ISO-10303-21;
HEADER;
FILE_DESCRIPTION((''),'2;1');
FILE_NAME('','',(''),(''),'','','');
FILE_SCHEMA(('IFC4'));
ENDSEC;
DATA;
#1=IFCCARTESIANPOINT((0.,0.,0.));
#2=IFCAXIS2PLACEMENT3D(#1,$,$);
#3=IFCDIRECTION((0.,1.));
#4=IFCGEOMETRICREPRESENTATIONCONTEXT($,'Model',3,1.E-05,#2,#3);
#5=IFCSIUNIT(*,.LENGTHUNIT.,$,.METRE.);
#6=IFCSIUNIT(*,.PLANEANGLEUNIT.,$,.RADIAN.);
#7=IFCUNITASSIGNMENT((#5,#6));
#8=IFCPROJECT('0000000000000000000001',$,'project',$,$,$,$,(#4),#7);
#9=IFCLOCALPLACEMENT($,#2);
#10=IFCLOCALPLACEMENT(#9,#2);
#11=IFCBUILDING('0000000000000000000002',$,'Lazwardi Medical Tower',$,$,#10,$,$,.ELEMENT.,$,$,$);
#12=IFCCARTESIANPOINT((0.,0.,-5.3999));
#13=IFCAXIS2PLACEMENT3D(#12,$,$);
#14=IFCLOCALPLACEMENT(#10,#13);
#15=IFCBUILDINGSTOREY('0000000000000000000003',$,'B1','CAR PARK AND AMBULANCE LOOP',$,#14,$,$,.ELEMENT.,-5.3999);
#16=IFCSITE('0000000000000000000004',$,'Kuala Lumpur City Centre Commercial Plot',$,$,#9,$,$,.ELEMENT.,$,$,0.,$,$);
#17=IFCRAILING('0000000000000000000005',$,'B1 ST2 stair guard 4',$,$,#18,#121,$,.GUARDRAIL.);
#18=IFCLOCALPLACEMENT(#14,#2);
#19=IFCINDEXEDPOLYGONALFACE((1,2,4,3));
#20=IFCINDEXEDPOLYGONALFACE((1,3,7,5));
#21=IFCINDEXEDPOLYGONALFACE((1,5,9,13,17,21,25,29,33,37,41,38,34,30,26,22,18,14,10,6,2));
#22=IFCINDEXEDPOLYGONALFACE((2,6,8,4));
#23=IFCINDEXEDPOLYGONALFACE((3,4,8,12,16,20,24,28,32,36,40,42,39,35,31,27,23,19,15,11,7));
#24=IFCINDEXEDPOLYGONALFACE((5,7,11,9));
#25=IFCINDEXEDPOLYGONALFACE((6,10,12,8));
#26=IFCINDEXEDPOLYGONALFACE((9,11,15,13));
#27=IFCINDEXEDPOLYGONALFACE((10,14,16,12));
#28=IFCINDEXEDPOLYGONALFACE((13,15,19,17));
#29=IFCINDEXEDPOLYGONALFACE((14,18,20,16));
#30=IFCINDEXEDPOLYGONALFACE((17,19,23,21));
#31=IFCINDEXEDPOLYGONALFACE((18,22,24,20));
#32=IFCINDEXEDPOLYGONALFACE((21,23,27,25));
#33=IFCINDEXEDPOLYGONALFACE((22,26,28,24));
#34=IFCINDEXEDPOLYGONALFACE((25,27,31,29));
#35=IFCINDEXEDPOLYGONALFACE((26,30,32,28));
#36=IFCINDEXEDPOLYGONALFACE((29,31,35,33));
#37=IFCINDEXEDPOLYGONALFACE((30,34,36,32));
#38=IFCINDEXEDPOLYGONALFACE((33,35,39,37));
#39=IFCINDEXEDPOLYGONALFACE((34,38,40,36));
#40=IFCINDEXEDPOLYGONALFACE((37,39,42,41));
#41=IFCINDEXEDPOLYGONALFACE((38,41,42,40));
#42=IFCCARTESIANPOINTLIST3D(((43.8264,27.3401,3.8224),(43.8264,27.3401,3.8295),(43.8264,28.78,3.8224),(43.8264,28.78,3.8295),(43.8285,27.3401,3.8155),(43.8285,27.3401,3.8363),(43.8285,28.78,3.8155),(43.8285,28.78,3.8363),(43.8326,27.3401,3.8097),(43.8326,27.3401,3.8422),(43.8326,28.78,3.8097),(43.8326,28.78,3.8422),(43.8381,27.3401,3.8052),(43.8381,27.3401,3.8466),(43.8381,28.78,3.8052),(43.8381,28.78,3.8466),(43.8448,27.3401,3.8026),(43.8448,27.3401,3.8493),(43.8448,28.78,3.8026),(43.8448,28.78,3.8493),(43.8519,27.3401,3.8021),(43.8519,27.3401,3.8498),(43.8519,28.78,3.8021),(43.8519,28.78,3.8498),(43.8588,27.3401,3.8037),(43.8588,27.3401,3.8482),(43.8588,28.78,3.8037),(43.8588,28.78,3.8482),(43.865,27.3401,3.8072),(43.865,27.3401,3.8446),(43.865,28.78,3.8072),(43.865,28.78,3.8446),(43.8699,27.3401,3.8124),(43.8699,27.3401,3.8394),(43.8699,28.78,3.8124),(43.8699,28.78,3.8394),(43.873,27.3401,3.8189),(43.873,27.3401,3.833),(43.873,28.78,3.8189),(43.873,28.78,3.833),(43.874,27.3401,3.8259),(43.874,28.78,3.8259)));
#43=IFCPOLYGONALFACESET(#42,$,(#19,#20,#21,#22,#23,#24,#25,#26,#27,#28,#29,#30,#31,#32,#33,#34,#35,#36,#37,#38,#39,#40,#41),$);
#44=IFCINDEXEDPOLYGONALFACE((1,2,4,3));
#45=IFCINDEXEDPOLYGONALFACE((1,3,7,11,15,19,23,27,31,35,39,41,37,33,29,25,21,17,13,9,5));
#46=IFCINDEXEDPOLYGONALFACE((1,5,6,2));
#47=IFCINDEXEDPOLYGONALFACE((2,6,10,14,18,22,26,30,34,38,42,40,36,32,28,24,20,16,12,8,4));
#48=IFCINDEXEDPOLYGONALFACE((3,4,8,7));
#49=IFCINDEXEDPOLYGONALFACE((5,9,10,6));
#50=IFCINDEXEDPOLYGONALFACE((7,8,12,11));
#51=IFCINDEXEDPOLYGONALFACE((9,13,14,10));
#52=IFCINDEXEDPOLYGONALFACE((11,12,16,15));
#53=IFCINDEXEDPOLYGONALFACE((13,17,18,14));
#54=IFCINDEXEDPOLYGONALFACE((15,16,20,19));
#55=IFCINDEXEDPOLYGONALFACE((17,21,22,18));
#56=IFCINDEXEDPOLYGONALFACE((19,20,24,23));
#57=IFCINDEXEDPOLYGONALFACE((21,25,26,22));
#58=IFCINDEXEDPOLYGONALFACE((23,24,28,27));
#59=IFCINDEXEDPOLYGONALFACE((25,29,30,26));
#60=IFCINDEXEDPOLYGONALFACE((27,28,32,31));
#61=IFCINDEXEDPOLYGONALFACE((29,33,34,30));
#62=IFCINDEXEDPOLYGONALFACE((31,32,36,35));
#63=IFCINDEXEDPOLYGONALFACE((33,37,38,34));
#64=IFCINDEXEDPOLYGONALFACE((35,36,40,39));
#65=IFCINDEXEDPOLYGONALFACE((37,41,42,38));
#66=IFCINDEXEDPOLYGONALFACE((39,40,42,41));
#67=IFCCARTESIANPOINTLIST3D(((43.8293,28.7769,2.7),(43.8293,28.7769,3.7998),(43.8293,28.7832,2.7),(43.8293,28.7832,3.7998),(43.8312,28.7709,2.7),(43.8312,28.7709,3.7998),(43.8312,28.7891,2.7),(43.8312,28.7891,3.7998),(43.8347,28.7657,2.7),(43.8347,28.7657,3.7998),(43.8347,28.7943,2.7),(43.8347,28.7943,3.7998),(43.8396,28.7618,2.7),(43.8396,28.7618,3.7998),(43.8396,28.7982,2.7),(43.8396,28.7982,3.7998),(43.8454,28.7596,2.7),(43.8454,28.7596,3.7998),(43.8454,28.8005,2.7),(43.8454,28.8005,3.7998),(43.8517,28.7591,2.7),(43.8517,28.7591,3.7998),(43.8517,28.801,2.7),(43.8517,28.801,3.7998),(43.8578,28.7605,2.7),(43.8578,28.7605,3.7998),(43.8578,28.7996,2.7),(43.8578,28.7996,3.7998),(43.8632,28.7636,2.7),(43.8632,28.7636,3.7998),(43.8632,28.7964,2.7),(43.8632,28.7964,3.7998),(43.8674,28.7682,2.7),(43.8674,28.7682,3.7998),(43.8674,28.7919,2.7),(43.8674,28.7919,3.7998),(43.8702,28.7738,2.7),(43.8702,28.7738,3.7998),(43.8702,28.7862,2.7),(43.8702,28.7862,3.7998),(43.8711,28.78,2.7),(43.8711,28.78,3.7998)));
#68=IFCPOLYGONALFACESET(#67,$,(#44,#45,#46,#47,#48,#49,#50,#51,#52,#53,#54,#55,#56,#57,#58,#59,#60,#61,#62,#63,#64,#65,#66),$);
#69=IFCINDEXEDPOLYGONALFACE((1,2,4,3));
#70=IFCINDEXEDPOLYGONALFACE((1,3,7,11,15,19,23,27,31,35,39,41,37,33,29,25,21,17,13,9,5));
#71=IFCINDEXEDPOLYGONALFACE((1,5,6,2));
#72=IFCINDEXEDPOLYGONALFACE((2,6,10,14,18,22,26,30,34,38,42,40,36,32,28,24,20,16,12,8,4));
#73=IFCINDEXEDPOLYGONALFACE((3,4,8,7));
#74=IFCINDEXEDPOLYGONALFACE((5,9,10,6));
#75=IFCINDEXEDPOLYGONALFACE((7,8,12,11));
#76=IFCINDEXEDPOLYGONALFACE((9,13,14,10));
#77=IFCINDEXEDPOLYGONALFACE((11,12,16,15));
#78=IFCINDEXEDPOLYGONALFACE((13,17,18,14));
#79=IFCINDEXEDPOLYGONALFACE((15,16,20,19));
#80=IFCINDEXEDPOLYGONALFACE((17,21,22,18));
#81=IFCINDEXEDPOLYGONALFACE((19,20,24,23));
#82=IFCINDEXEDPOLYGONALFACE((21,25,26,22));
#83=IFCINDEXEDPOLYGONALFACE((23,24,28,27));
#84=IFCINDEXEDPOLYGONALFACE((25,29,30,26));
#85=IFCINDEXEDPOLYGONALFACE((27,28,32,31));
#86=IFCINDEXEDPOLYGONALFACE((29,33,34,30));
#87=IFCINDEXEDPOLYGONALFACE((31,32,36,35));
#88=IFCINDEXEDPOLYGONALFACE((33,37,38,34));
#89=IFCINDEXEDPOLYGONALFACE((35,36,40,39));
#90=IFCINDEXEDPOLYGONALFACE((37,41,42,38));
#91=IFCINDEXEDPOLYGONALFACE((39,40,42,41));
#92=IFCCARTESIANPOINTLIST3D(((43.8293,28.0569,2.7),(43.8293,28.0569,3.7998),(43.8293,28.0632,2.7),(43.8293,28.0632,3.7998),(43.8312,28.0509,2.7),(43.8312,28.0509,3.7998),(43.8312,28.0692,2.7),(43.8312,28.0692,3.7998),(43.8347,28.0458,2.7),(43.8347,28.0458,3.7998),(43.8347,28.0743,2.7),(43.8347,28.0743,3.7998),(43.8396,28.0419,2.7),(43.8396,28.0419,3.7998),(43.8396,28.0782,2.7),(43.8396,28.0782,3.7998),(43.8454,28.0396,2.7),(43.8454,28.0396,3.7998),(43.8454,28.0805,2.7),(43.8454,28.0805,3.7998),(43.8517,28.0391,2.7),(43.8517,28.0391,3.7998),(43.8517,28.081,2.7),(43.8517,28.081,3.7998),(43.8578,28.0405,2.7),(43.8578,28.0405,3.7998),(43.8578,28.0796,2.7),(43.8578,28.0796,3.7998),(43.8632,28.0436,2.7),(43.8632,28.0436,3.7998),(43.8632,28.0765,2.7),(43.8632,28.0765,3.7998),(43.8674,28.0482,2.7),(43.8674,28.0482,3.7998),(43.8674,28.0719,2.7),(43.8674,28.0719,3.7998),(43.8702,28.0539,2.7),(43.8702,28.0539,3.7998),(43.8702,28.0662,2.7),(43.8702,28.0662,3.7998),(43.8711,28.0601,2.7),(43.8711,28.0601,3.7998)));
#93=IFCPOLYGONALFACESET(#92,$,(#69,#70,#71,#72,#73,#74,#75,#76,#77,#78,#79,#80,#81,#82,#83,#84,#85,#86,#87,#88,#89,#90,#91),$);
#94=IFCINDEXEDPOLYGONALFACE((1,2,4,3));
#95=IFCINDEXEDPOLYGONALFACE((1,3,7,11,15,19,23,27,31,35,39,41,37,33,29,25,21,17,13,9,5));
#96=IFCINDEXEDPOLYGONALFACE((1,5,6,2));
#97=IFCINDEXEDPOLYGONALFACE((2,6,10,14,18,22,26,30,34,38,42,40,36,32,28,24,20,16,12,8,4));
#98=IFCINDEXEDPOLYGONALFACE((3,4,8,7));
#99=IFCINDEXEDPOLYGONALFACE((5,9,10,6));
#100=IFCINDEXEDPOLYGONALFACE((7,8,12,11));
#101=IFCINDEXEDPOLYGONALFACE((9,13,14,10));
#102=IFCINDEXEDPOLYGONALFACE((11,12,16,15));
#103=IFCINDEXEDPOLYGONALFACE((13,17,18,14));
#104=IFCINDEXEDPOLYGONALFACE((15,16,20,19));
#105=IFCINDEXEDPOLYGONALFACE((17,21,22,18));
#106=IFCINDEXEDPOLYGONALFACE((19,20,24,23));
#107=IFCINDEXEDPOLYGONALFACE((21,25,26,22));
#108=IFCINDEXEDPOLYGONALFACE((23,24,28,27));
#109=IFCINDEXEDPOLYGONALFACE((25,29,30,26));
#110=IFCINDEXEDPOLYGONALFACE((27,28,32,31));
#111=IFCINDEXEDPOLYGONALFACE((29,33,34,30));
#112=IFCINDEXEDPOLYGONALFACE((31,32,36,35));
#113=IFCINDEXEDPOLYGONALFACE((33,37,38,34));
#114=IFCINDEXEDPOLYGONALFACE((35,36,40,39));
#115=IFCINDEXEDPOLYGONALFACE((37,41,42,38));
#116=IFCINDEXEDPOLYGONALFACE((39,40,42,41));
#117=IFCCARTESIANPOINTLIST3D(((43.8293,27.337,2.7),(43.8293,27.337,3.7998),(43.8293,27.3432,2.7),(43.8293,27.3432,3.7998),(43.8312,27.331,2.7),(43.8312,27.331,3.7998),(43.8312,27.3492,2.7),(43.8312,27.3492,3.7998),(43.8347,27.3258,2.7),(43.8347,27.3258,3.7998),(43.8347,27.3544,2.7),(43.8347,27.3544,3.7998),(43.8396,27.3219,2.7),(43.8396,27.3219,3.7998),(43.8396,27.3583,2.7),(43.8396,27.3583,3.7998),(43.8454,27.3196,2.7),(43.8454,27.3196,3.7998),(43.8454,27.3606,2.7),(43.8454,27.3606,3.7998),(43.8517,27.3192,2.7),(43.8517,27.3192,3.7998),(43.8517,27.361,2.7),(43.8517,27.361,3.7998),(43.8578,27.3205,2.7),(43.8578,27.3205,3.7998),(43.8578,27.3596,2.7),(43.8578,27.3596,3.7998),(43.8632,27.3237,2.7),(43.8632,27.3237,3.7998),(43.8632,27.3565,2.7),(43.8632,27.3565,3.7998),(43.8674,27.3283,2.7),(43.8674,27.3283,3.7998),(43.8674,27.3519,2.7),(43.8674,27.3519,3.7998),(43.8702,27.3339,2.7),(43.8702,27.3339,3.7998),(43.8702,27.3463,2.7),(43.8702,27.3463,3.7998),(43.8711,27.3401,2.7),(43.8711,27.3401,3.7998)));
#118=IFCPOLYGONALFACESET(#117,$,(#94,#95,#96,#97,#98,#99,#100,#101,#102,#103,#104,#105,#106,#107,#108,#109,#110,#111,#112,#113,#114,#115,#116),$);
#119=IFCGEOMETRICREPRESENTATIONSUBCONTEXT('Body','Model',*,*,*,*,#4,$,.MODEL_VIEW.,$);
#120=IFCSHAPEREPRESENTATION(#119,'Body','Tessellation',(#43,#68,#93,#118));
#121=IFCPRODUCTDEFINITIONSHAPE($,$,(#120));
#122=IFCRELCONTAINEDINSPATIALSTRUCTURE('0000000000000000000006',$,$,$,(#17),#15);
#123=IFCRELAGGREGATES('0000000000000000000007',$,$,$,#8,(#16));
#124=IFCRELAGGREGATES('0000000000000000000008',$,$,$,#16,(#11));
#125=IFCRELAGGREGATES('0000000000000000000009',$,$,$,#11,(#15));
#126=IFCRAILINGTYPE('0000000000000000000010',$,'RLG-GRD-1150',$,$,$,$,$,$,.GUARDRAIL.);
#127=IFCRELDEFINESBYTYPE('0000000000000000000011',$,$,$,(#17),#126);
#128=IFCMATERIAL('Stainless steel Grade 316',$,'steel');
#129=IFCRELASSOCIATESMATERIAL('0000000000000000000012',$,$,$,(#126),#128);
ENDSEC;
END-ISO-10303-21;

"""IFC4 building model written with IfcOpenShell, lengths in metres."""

from ifc_helpers import new_model, si_unit, direction, frame, origin, origin_2d, place, context, subcontext, project, spatial, circle, extrude, material, type_object, element, save


model = new_model("IFC4")

# Units and contexts
model_context = context("Model", 3, precision=1e-05, world=origin(), true_north=direction((0.0, 1.0)))
body_context = subcontext(model_context, "Body", "Model", "MODEL_VIEW")
ifc_project = project(units=[si_unit("LENGTHUNIT", "METRE"), si_unit("PLANEANGLEUNIT", "RADIAN")], contexts=[model_context])

# Site, building, storey
site_placement = place(None, origin())
site = spatial("IfcSite", under=ifc_project, at=site_placement, Name="Kuala Lumpur City Centre Commercial Plot", CompositionType="ELEMENT", RefElevation=0.0)
building_placement = place(site_placement, origin())
building = spatial("IfcBuilding", under=site, at=building_placement, Name="Lazwardi Medical Tower", CompositionType="ELEMENT")
storey_placement = place(building_placement, frame((0.0, 0.0, -5.3999)))
storey = spatial("IfcBuildingStorey", under=building, at=storey_placement, Name="B1", Description="CAR PARK AND AMBULANCE LOOP", CompositionType="ELEMENT", Elevation=-5.3999)

# Railing
ifc_material_1 = material(Name="Stainless steel Grade 316", Category="steel")
railing_type_1 = type_object("IfcRailingType", Name="RLG-GRD-1150", PredefinedType="GUARDRAIL", material=ifc_material_1)
railing_1_placement = place(storey_placement, frame((43.8501, 28.78, 2.7)))
element("IfcRailing", 1, at=railing_1_placement, inside=storey, type_object=railing_type_1, Name="B1 ST2 stair guard 4", PredefinedType="GUARDRAIL", context=body_context, shape_type="SweptSolid", body=[
    extrude(circle(Radius=0.0239, at=origin_2d()), frame((0.0, 0.0, 1.126), z_axis=(0.0, -1.0, 0.0), x_axis=(1.0, 0.0, 0.0)), (0.0, 0.0, 1.0), 1.4399),
    extrude(circle(Radius=0.021, at=origin_2d()), origin(), (0.0, 0.0, 1.0), 1.0999),
    extrude(circle(Radius=0.021, at=origin_2d()), frame((0.0, -0.72, 0.0)), (0.0, 0.0, 1.0), 1.0999),
    extrude(circle(Radius=0.021, at=origin_2d()), frame((0.0, -1.4399, 0.0)), (0.0, 0.0, 1.0), 1.0999),
])

save(model, "model.ifc")
